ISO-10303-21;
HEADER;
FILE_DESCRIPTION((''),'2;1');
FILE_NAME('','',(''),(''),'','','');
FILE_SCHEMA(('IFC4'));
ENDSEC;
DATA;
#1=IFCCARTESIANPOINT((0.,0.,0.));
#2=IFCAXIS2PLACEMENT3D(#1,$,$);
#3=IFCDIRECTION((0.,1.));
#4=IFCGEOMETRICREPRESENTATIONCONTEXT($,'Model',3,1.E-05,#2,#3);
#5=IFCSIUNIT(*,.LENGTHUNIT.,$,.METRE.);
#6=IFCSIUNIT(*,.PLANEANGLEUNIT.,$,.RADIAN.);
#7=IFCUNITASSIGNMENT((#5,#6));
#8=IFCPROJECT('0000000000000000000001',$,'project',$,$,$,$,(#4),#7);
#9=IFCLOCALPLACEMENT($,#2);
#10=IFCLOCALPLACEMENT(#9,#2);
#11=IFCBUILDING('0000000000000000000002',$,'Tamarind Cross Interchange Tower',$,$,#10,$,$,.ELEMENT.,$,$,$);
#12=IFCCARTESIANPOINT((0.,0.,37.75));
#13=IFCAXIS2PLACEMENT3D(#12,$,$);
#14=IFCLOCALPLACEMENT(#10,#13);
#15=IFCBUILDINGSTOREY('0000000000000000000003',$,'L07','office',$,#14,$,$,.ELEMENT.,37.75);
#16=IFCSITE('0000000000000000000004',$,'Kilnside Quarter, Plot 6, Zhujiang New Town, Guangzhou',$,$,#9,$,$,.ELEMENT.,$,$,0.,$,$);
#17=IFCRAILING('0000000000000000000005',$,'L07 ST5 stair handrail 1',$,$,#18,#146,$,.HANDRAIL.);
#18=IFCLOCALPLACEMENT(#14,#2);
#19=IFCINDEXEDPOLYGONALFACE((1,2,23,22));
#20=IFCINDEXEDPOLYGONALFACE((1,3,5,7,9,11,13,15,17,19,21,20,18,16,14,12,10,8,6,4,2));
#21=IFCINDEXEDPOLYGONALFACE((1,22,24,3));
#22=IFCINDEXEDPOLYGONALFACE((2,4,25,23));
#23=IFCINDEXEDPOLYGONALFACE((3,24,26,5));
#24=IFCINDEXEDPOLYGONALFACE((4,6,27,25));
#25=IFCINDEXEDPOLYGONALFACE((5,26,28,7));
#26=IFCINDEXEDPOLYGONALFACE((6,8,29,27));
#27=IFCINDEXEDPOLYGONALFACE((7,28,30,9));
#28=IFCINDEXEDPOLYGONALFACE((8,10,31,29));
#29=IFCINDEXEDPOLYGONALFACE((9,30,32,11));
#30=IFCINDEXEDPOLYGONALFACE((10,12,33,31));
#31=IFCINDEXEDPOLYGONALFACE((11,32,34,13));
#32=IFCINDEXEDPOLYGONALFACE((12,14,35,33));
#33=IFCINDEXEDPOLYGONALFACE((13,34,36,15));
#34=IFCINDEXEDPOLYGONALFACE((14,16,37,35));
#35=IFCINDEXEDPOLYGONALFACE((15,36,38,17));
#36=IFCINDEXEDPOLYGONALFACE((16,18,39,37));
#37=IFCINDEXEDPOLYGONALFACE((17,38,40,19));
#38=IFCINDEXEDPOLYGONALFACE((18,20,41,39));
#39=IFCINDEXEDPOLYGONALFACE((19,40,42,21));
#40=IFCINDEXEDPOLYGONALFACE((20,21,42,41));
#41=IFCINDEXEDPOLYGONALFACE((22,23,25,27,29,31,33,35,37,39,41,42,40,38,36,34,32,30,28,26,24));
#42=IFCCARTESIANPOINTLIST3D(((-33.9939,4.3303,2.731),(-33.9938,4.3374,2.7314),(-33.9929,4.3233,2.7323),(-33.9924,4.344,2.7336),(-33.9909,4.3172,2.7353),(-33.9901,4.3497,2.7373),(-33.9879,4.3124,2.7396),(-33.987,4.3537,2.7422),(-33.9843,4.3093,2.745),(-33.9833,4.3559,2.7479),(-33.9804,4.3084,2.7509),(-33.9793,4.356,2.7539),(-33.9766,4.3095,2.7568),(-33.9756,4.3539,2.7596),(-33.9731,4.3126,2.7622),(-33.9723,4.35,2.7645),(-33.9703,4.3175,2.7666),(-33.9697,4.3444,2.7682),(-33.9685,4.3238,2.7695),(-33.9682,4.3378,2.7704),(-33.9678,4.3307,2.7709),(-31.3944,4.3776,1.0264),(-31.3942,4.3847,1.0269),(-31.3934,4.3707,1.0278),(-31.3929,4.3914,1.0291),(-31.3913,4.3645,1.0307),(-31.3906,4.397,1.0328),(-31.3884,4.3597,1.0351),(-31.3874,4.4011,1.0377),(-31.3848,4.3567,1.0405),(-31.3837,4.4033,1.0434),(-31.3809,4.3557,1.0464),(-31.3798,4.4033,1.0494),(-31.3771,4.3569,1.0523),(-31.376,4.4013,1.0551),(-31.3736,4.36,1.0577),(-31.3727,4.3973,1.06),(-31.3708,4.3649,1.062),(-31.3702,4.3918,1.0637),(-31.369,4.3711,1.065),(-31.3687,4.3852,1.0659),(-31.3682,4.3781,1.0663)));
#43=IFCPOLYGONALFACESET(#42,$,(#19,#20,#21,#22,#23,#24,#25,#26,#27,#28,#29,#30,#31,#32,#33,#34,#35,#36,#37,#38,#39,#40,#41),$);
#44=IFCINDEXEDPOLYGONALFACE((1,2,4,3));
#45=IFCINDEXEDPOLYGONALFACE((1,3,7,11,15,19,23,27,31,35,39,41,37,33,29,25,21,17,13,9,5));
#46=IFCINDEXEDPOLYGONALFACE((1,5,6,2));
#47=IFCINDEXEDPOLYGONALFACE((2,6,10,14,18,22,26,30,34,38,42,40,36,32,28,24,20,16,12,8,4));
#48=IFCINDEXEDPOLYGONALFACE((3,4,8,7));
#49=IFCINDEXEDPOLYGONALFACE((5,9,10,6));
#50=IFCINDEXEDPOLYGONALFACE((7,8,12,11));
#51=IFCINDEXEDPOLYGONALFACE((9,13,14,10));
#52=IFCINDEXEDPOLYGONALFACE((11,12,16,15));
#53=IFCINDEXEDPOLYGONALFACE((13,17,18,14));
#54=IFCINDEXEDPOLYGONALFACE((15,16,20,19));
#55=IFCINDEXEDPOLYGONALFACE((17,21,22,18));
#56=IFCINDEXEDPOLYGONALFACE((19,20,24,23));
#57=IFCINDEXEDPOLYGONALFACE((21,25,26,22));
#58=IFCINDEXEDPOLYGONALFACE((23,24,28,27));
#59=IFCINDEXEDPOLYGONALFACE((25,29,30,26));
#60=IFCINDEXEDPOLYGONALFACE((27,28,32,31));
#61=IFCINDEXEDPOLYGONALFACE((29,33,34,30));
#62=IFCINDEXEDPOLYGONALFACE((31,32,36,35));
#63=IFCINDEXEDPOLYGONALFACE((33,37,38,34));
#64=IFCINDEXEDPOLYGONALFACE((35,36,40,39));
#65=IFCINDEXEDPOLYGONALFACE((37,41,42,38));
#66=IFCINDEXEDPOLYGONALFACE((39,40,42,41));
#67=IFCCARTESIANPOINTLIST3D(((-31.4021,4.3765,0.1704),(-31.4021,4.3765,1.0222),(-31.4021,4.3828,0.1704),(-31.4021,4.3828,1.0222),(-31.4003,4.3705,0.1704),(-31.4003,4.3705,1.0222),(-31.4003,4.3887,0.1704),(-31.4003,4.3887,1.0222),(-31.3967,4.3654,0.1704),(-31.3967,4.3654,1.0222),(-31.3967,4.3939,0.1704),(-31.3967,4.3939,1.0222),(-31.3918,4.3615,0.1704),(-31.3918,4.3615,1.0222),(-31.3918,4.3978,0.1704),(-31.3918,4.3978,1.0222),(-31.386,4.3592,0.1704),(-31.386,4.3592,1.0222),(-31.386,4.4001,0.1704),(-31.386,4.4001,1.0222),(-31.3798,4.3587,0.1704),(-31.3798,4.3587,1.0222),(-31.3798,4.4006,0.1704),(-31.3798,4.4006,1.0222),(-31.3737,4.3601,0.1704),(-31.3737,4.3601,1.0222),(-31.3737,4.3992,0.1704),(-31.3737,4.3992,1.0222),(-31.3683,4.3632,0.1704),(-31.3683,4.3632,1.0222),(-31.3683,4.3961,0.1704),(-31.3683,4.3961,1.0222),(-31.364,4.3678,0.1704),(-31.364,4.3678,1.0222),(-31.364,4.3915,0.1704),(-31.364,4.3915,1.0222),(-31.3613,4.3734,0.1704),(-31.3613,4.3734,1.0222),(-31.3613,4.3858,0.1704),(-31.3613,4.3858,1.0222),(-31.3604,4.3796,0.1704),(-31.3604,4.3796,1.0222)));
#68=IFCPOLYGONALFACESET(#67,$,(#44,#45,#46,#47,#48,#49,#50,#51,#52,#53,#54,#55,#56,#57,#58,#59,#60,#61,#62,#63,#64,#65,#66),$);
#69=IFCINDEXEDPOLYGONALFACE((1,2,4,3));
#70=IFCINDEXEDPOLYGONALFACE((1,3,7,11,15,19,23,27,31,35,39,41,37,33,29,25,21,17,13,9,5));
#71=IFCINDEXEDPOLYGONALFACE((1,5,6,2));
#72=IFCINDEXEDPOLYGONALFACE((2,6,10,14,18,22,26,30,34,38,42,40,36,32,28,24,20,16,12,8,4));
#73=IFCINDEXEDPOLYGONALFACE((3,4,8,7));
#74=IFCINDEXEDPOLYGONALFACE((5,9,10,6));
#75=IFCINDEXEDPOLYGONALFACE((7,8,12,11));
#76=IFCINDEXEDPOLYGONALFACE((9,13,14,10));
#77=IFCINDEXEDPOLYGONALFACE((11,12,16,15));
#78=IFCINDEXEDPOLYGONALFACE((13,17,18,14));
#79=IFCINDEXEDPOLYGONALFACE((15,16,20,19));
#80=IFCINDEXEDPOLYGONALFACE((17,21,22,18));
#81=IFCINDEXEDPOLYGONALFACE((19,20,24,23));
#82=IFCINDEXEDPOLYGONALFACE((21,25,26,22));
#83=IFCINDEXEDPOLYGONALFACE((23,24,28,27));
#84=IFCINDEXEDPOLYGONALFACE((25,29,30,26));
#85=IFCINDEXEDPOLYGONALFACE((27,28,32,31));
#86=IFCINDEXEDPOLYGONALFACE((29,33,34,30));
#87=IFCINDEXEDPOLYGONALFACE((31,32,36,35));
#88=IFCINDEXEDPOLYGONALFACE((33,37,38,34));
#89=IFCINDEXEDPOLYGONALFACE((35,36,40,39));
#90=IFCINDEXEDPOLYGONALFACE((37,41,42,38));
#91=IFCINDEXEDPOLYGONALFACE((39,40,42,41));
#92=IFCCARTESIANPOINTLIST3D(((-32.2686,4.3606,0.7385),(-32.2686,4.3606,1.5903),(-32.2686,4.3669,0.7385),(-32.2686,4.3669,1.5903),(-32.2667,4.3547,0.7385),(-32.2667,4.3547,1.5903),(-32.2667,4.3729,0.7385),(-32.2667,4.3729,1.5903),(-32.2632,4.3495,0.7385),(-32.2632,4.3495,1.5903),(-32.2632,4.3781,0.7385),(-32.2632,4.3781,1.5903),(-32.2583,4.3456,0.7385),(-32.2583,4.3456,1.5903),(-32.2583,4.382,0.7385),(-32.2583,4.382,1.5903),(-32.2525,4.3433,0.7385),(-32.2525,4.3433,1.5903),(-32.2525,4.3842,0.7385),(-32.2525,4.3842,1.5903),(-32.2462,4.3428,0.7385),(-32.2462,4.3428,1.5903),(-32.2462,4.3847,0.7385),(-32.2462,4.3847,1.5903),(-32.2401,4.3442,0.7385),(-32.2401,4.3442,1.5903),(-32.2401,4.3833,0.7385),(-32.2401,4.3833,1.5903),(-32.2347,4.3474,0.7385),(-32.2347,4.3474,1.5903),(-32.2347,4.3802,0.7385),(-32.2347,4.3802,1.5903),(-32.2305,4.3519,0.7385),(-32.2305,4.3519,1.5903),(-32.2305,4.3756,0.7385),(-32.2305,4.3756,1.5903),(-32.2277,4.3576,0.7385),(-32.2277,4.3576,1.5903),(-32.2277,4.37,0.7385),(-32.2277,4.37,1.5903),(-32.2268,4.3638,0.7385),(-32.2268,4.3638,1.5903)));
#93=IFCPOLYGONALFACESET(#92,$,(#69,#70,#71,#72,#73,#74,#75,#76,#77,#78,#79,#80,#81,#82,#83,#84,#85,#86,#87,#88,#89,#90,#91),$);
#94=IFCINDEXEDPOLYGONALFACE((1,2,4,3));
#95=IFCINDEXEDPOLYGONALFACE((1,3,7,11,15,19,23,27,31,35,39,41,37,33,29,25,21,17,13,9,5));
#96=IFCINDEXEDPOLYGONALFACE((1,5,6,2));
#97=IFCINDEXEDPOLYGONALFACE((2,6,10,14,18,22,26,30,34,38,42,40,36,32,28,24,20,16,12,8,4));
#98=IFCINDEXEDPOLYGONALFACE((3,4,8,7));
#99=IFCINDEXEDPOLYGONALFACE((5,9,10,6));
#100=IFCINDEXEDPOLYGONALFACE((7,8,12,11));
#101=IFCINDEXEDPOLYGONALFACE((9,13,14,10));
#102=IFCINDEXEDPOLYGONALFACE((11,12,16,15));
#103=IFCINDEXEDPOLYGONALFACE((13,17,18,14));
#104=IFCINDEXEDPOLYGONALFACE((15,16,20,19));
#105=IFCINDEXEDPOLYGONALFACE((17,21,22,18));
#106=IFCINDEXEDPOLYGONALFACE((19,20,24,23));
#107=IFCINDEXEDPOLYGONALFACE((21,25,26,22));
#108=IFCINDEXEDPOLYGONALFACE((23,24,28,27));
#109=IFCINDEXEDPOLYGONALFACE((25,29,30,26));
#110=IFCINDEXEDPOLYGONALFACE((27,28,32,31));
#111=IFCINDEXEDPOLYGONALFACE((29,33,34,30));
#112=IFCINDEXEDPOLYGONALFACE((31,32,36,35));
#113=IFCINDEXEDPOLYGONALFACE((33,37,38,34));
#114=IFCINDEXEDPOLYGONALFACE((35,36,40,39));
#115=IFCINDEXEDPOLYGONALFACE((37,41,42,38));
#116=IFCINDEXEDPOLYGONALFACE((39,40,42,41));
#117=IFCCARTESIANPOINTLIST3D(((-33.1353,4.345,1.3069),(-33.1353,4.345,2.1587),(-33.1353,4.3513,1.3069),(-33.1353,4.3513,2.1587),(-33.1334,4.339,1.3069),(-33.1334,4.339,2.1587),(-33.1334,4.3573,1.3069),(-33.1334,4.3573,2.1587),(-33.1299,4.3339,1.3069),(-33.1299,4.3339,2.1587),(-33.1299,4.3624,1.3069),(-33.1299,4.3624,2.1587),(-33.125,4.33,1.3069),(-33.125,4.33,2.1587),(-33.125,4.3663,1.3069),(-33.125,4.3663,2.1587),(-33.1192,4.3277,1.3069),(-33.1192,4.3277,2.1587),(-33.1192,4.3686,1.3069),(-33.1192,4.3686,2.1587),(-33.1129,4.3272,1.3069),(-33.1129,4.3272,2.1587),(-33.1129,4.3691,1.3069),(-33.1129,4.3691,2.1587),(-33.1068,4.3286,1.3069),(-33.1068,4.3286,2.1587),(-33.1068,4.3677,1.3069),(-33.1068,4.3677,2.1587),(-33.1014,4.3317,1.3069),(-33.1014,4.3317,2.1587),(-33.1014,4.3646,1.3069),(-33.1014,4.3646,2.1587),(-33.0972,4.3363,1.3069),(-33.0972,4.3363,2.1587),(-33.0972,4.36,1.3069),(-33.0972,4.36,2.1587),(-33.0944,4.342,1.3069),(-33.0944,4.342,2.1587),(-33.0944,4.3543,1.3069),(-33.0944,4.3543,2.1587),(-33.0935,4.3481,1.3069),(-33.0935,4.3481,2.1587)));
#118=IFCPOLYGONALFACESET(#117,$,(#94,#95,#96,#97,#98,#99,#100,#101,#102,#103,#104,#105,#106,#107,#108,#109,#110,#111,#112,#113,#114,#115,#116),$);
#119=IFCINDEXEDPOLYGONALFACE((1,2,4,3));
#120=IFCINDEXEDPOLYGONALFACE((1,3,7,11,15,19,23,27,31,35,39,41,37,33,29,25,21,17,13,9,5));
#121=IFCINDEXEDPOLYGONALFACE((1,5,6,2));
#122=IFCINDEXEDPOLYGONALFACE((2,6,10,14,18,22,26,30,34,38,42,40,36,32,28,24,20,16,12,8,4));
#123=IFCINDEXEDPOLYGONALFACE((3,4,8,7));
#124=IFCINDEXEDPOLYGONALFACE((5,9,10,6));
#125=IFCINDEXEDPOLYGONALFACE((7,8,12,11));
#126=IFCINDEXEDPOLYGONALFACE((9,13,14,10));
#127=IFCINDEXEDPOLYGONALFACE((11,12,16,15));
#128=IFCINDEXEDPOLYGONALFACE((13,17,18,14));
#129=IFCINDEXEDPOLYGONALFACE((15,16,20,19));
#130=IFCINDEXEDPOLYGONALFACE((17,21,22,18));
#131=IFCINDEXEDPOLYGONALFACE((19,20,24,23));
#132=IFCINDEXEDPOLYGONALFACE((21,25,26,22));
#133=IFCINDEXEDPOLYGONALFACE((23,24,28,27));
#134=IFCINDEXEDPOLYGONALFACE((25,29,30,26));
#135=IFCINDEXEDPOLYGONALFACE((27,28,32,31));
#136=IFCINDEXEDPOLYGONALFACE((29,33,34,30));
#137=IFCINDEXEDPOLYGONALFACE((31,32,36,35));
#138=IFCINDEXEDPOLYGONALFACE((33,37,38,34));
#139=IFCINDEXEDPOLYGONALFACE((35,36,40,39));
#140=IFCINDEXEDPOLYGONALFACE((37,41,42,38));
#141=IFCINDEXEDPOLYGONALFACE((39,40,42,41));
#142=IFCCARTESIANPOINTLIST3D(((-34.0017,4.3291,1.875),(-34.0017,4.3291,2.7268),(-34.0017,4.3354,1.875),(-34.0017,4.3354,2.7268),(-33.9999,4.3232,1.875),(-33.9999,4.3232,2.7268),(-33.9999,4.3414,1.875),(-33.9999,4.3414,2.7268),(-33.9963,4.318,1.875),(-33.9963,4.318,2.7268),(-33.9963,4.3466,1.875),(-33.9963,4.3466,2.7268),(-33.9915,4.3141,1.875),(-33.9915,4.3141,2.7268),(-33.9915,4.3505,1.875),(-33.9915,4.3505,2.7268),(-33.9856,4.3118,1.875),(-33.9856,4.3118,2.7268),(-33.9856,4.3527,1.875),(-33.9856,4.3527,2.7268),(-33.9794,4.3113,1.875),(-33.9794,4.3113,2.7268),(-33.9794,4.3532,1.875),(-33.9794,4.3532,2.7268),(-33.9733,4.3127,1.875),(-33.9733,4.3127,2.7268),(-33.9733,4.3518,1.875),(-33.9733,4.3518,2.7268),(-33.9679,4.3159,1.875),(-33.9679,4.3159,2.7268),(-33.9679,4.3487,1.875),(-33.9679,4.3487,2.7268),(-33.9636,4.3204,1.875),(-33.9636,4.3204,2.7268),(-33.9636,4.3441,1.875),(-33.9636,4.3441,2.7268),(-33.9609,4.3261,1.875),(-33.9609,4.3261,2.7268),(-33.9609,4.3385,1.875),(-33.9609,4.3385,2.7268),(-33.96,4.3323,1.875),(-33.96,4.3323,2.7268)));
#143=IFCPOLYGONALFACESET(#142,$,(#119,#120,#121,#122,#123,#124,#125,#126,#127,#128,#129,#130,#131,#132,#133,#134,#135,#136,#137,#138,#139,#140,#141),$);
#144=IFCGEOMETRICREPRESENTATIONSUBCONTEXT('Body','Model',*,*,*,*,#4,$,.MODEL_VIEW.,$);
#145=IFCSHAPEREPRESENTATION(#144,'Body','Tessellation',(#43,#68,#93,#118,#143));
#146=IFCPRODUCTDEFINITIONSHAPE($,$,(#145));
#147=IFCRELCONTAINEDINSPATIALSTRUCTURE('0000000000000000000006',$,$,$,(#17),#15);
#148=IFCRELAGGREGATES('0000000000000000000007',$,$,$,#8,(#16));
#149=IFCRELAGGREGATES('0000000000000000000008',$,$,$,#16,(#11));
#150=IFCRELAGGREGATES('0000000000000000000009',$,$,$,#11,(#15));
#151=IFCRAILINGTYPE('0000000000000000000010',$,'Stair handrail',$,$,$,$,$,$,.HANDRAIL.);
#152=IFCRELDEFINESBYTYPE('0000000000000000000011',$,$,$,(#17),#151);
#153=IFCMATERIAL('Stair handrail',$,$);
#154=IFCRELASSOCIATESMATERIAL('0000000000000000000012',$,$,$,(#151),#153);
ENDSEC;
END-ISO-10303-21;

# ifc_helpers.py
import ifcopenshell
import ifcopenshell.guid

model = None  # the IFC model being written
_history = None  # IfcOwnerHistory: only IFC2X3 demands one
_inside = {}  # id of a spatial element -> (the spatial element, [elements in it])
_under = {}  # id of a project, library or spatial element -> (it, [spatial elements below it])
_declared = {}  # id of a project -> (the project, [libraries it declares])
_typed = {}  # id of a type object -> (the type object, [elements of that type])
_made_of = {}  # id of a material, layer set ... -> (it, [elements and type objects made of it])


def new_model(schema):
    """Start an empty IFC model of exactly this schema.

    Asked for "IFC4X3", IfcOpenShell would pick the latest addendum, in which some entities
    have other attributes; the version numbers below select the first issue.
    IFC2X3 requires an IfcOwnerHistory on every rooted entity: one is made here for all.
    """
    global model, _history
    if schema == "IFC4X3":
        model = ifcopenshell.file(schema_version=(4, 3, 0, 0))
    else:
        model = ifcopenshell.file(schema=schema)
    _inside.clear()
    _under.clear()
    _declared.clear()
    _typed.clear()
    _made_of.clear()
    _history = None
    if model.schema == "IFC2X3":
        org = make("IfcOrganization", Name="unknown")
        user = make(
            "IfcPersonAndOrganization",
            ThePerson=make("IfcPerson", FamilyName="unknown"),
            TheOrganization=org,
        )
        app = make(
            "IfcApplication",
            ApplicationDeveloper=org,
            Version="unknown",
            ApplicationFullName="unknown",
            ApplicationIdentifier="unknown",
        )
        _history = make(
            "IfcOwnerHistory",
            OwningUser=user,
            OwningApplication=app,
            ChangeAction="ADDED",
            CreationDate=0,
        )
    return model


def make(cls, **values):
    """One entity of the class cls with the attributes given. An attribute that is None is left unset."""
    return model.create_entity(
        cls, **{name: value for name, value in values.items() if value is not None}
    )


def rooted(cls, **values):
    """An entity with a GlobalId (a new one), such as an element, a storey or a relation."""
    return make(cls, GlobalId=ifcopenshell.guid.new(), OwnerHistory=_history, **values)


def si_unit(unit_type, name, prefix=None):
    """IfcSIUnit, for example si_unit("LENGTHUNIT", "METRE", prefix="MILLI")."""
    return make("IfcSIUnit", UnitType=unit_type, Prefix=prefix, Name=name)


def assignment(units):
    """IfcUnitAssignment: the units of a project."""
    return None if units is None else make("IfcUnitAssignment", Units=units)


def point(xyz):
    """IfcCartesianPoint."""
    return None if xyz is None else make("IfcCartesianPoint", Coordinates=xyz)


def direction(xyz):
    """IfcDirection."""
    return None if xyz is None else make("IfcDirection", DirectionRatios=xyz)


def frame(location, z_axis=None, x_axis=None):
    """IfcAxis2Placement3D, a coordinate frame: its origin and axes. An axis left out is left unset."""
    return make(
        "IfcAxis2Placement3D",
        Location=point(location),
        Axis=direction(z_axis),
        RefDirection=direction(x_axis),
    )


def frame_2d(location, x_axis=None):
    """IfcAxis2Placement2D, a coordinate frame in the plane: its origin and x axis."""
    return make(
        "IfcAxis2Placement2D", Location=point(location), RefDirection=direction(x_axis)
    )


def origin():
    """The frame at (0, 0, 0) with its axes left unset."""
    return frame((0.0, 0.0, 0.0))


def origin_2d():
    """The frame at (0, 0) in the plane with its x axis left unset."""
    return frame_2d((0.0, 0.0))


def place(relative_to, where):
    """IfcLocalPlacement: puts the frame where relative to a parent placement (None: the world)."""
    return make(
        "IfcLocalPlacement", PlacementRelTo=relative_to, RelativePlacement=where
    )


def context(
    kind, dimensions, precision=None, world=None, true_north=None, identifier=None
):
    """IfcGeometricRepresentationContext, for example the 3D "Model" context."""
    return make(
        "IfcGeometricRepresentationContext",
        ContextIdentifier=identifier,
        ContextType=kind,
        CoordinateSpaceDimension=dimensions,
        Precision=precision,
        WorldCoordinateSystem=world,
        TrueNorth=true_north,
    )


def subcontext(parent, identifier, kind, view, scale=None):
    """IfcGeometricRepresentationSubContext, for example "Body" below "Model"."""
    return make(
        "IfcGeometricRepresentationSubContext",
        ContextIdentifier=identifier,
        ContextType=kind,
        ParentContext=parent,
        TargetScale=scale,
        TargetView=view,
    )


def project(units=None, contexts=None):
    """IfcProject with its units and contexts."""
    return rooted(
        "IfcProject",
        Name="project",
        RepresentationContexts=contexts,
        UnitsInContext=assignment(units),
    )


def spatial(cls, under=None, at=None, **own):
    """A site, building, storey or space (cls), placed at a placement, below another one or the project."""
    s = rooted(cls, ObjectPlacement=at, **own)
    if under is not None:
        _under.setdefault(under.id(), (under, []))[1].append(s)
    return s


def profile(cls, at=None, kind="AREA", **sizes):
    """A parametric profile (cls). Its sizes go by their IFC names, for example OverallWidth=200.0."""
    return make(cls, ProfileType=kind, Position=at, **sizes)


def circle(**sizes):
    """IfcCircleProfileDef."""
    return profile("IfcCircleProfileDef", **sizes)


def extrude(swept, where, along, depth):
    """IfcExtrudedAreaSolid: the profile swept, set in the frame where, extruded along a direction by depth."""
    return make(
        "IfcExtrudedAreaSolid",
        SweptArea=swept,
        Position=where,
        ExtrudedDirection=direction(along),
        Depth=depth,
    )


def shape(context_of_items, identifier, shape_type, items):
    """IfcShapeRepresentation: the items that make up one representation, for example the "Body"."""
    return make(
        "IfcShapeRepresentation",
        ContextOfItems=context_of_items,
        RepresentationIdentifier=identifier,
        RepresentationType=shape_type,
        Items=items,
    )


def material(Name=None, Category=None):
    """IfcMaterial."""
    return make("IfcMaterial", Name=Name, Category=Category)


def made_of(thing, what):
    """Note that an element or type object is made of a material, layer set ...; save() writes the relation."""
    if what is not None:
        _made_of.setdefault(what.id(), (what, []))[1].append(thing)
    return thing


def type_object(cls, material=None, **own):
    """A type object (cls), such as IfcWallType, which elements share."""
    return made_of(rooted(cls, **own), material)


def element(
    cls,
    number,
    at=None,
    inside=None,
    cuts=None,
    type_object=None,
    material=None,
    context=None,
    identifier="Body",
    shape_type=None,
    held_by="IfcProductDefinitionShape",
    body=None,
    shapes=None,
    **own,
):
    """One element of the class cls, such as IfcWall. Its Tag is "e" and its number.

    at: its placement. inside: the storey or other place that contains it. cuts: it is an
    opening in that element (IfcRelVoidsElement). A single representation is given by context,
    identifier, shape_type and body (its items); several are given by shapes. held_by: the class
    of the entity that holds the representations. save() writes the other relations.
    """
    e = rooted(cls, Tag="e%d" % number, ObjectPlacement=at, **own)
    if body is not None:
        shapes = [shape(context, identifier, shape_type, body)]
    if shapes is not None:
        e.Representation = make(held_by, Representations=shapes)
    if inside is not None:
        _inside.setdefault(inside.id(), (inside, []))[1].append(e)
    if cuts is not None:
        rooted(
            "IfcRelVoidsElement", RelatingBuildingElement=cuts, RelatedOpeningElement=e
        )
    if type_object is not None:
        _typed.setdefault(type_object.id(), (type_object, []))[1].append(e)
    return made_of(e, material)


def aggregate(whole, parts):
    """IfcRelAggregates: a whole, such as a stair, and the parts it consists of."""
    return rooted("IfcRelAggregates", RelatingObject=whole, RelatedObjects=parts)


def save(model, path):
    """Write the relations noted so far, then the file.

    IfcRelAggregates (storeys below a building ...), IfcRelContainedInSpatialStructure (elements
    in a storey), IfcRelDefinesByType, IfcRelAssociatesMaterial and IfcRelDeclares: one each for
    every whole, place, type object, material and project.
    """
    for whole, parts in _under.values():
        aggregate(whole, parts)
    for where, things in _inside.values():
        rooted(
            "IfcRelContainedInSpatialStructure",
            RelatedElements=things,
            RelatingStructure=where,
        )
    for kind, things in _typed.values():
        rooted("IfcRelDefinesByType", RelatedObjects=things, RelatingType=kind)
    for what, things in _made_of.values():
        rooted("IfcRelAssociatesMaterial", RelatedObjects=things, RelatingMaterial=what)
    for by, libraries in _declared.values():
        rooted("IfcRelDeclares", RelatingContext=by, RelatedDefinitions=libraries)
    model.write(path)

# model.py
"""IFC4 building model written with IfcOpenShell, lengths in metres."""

from ifc_helpers import new_model, si_unit, direction, frame, origin, origin_2d, place, context, subcontext, project, spatial, circle, extrude, material, type_object, element, save


model = new_model("IFC4")

# Units and contexts
model_context = context("Model", 3, precision=1e-05, world=origin(), true_north=direction((0.0, 1.0)))
body_context = subcontext(model_context, "Body", "Model", "MODEL_VIEW")
ifc_project = project(units=[si_unit("LENGTHUNIT", "METRE"), si_unit("PLANEANGLEUNIT", "RADIAN")], contexts=[model_context])

# Site, building, storey
site_placement = place(None, origin())
site = spatial("IfcSite", under=ifc_project, at=site_placement, Name="Kilnside Quarter, Plot 6, Zhujiang New Town, Guangzhou", CompositionType="ELEMENT", RefElevation=0.0)
building_placement = place(site_placement, origin())
building = spatial("IfcBuilding", under=site, at=building_placement, Name="Tamarind Cross Interchange Tower", CompositionType="ELEMENT")
storey_placement = place(building_placement, frame((0.0, 0.0, 37.75)))
storey = spatial("IfcBuildingStorey", under=building, at=storey_placement, Name="L07", Description="office", CompositionType="ELEMENT", Elevation=37.75)

# Railing
ifc_material_1 = material(Name="Stair handrail")
railing_type_1 = type_object("IfcRailingType", Name="Stair handrail", PredefinedType="HANDRAIL", material=ifc_material_1)
railing_1_placement = place(storey_placement, frame((-31.3813, 4.3796, 0.1704)))
element("IfcRailing", 1, at=railing_1_placement, inside=storey, type_object=railing_type_1, Name="L07 ST5 stair handrail 1", PredefinedType="HANDRAIL", context=body_context, shape_type="SweptSolid", body=[
    extrude(circle(Radius=0.0239, at=origin_2d()), frame((0.0, 0.0, 0.876), z_axis=(-0.836158, -0.015234, 0.548277), x_axis=(0.018216, -0.999834, 0.0)), (0.0, 0.0, 1.0), 3.1089),
    extrude(circle(Radius=0.021, at=origin_2d()), origin(), (0.0, 0.0, 1.0), 0.8518),
    extrude(circle(Radius=0.021, at=origin_2d()), frame((-0.8665, -0.0159, 0.5681)), (0.0, 0.0, 1.0), 0.8518),
    extrude(circle(Radius=0.021, at=origin_2d()), frame((-1.7332, -0.0315, 1.1365)), (0.0, 0.0, 1.0), 0.8518),
    extrude(circle(Radius=0.021, at=origin_2d()), frame((-2.5996, -0.0474, 1.7046)), (0.0, 0.0, 1.0), 0.8518),
])

save(model, "model.ifc")
